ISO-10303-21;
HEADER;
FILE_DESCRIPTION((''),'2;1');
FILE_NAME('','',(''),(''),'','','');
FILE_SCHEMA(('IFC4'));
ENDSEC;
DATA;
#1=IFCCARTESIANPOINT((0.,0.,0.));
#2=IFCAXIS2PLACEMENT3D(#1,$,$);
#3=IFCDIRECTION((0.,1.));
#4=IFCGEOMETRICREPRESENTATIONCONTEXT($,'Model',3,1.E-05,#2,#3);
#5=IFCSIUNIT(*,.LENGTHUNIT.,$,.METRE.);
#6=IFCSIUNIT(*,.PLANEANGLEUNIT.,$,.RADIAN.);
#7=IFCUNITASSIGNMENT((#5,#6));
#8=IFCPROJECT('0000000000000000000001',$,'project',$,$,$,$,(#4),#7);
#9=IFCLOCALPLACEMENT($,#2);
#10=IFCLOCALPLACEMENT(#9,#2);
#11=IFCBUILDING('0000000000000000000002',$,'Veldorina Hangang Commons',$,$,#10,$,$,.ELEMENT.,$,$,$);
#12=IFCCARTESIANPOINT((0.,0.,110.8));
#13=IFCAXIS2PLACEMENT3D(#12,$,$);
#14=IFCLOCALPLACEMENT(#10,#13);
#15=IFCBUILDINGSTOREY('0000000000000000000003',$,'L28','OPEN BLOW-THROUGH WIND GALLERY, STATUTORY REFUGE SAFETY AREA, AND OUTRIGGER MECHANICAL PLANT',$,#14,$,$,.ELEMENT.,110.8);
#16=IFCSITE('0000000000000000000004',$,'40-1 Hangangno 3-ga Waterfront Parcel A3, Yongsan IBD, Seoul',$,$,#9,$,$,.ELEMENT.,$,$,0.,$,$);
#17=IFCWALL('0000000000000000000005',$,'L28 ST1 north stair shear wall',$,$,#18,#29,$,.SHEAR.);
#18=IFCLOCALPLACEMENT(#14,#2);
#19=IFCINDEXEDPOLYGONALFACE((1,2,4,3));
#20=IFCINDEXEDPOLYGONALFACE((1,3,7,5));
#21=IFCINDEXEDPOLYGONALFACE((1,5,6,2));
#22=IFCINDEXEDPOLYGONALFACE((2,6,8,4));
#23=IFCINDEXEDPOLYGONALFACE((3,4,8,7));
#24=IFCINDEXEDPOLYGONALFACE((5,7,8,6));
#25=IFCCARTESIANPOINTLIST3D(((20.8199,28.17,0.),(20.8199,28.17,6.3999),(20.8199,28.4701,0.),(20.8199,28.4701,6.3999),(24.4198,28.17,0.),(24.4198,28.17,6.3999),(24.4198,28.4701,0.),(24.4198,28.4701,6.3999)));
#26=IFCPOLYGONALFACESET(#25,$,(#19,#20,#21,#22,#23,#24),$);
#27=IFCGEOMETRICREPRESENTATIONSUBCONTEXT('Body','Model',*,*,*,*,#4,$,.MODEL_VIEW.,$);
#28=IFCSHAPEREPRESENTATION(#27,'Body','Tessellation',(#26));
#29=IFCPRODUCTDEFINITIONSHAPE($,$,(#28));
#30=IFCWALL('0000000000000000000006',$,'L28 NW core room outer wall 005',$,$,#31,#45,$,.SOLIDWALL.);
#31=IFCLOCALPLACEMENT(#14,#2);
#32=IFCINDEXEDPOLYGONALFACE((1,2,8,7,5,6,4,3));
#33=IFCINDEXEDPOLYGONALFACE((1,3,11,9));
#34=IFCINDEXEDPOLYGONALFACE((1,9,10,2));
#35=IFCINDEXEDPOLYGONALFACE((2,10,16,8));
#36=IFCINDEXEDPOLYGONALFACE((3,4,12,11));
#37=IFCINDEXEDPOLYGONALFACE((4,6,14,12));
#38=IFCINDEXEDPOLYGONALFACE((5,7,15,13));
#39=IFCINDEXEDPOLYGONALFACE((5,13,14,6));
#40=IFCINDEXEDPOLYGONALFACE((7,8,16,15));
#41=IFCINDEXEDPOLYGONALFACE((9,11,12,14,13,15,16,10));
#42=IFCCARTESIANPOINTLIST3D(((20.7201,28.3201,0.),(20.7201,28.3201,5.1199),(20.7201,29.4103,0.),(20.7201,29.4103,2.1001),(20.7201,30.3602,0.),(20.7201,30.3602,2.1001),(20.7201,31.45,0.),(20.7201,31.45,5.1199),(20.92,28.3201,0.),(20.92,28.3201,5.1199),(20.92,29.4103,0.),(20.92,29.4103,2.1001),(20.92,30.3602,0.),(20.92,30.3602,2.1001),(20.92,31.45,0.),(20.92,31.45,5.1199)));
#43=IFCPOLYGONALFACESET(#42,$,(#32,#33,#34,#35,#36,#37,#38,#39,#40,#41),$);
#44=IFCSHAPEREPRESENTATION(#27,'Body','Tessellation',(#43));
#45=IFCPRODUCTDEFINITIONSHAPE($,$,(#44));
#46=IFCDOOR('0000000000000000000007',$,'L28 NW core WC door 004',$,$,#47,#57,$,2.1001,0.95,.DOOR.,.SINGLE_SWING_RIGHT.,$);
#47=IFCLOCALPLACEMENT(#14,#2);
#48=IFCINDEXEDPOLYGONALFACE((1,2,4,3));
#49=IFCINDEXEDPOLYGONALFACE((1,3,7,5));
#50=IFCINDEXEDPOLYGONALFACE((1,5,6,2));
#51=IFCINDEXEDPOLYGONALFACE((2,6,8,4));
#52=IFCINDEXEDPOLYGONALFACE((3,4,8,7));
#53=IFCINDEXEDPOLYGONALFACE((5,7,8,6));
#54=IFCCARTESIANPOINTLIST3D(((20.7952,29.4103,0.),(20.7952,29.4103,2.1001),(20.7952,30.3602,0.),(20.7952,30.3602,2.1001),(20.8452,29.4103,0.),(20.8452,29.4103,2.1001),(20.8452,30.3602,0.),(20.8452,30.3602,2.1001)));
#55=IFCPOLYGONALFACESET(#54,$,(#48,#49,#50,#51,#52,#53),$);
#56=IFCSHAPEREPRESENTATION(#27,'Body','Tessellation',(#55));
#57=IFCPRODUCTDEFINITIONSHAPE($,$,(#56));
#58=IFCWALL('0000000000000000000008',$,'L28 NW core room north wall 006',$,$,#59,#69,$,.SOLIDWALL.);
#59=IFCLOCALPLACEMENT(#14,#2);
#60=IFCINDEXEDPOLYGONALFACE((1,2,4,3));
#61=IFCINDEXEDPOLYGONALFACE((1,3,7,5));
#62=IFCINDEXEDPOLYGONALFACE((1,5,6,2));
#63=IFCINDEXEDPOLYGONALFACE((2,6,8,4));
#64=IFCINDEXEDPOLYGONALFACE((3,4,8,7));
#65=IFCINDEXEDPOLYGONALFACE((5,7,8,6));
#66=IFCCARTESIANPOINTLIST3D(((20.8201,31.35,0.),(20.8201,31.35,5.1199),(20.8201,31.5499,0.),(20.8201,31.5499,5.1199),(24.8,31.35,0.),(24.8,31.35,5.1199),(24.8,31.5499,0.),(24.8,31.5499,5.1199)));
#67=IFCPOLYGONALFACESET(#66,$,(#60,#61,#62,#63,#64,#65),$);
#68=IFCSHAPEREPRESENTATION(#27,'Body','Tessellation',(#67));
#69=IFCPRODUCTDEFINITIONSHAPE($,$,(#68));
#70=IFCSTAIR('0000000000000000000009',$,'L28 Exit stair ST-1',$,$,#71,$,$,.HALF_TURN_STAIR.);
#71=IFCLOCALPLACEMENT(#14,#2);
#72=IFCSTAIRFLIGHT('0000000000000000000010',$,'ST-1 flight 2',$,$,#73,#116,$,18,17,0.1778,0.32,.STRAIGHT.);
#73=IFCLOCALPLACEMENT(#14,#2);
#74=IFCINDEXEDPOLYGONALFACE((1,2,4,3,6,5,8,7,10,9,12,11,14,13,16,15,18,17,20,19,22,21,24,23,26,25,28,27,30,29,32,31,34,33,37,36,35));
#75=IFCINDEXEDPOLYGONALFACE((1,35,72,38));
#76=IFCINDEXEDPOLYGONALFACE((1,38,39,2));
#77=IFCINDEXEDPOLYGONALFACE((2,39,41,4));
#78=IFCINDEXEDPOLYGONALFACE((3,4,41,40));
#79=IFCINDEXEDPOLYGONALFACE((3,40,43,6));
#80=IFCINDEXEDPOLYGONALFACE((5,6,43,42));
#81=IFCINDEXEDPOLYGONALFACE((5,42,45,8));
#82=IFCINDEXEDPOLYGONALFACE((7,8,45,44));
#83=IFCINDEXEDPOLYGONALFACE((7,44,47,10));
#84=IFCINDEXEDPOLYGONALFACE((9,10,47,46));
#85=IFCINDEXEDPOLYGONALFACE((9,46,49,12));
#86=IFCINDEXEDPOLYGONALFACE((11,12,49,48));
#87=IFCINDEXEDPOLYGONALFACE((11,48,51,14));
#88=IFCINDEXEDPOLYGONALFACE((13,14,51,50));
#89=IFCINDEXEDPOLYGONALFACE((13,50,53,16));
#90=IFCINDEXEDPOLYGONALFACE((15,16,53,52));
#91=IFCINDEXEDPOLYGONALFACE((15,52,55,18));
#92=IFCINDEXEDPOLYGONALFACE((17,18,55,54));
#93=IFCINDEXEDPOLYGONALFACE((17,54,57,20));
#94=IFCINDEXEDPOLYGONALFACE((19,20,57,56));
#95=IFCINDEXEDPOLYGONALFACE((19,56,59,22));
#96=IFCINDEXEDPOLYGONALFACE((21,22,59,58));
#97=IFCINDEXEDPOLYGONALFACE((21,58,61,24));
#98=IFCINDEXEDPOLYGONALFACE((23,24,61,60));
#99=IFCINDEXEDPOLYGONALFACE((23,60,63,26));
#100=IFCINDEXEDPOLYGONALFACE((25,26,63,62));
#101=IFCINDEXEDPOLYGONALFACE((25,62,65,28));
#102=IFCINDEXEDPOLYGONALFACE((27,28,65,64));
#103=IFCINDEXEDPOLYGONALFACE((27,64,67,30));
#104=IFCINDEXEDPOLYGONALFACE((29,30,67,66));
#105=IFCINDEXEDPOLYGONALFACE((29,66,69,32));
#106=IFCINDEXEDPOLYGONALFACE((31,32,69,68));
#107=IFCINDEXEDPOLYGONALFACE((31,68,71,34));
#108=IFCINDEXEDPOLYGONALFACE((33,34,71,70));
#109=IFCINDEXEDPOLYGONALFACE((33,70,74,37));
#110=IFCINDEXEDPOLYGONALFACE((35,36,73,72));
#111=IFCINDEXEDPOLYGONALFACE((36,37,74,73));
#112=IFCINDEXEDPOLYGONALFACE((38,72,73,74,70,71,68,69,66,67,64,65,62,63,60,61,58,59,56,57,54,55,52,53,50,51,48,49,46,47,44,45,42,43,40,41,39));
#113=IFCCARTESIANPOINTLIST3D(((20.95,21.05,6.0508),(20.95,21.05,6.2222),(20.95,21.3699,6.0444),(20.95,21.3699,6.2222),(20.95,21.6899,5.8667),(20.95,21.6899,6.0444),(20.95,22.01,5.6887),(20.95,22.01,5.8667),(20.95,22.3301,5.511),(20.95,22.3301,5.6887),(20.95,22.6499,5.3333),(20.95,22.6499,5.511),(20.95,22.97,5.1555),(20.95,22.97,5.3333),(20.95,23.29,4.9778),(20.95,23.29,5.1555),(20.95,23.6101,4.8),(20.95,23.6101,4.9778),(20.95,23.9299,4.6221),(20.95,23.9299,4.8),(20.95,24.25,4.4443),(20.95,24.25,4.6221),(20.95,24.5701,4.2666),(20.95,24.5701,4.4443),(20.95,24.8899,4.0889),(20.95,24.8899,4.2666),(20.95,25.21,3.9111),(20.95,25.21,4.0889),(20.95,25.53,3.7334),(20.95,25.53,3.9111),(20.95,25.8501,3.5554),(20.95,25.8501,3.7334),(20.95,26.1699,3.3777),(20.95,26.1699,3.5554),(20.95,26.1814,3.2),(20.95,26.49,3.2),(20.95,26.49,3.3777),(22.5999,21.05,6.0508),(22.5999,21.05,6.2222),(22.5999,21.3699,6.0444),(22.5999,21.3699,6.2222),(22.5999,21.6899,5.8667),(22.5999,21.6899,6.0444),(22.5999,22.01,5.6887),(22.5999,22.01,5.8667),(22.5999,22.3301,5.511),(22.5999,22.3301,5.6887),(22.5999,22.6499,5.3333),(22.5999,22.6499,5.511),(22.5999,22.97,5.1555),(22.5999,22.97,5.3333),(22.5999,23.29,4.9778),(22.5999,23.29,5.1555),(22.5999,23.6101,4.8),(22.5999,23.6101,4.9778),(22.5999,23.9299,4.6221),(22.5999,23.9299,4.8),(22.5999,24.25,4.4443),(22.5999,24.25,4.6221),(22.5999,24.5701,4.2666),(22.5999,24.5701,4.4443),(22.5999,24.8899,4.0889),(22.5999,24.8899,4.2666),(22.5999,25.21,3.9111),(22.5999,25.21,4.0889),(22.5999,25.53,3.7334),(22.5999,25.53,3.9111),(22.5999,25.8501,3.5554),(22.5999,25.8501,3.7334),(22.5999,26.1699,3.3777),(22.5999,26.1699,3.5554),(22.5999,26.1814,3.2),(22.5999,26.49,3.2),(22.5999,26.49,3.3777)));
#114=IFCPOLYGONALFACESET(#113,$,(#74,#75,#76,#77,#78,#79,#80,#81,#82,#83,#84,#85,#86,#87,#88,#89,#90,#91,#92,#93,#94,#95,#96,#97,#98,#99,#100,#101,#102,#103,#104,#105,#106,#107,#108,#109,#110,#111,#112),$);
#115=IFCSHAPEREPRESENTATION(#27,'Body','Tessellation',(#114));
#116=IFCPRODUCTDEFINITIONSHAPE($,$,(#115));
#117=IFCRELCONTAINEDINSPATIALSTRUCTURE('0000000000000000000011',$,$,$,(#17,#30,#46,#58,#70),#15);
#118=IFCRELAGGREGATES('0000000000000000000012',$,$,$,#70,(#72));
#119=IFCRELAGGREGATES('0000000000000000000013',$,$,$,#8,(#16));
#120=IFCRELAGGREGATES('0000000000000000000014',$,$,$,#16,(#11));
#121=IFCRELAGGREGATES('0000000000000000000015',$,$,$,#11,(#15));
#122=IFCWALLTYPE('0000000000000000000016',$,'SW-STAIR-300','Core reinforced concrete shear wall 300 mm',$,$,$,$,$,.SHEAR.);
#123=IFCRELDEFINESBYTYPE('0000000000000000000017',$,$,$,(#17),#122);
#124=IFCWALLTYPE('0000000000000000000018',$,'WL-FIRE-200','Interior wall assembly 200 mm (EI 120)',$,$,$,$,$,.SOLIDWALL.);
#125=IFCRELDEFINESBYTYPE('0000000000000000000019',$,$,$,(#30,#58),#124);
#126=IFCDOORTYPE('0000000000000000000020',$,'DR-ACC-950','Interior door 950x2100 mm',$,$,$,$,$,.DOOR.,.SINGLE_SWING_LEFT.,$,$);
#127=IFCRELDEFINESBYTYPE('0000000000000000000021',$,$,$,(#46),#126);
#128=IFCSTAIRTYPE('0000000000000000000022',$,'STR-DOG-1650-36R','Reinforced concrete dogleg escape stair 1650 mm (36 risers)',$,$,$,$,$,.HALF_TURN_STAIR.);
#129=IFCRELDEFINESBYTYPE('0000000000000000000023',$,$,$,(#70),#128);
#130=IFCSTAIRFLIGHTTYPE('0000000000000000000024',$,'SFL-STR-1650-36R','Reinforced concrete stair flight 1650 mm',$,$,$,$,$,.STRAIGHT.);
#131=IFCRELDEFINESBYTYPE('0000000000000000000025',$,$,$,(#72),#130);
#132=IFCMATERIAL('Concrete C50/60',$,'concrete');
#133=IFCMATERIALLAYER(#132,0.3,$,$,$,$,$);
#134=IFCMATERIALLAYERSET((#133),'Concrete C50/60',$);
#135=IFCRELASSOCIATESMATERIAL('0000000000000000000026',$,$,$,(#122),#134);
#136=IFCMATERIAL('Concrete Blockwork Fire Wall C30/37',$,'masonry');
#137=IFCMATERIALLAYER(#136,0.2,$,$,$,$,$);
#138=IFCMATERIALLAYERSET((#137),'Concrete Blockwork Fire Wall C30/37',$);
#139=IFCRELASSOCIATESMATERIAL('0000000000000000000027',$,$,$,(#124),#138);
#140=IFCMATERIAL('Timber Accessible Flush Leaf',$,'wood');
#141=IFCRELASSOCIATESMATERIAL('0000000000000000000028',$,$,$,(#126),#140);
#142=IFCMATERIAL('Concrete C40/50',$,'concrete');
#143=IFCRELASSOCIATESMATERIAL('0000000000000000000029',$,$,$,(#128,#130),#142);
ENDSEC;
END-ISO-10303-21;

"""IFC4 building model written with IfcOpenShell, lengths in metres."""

from ifc_helpers import new_model, si_unit, direction, frame, frame_2d, origin, place, context, subcontext, project, spatial, polyline, rectangle, outline, extrude, material, layer, layer_set, type_object, element, fill, aggregate, save


model = new_model("IFC4")

# Units and contexts
model_context = context("Model", 3, precision=1e-05, world=origin(), true_north=direction((0.0, 1.0)))
body_context = subcontext(model_context, "Body", "Model", "MODEL_VIEW")
ifc_project = project(units=[si_unit("LENGTHUNIT", "METRE"), si_unit("PLANEANGLEUNIT", "RADIAN")], contexts=[model_context])

# Site, building, storey
site_placement = place(None, origin())
site = spatial("IfcSite", under=ifc_project, at=site_placement, Name="40-1 Hangangno 3-ga Waterfront Parcel A3, Yongsan IBD, Seoul", CompositionType="ELEMENT", RefElevation=0.0)
building_placement = place(site_placement, origin())
building = spatial("IfcBuilding", under=site, at=building_placement, Name="Veldorina Hangang Commons", CompositionType="ELEMENT")
storey_placement = place(building_placement, frame((0.0, 0.0, 110.8)))
storey = spatial("IfcBuildingStorey", under=building, at=storey_placement, Name="L28", Description="OPEN BLOW-THROUGH WIND GALLERY, STATUTORY REFUGE SAFETY AREA, AND OUTRIGGER MECHANICAL PLANT", CompositionType="ELEMENT", Elevation=110.8)

# Wall
ifc_material_1 = material(Name="Concrete C50/60", Category="concrete")
ifc_layer_1 = layer(ifc_material_1, 0.3)
ifc_layer_set_1 = layer_set([ifc_layer_1], Name="Concrete C50/60")
wall_type_1 = type_object("IfcWallType", Name="SW-STAIR-300", Description="Core reinforced concrete shear wall 300 mm", PredefinedType="SHEAR", material=ifc_layer_set_1)
wall_1_placement = place(storey_placement, frame((20.8201, 28.3201, 0.0), z_axis=(0.0, 0.0, 1.0), x_axis=(1.0, 0.0, 0.0)))
element("IfcWall", 1, at=wall_1_placement, inside=storey, type_object=wall_type_1, Name="L28 ST1 north stair shear wall", PredefinedType="SHEAR", context=body_context, shape_type="SweptSolid", body=[
    extrude(rectangle(XDim=3.5999, YDim=0.3, at=frame_2d((1.7998, 0.0))), origin(), (0.0, 0.0, 1.0), 6.3999),
])

# Wall, opening, door
ifc_material_2 = material(Name="Concrete Blockwork Fire Wall C30/37", Category="masonry")
ifc_layer_2 = layer(ifc_material_2, 0.2)
ifc_layer_set_2 = layer_set([ifc_layer_2], Name="Concrete Blockwork Fire Wall C30/37")
wall_type_2 = type_object("IfcWallType", Name="WL-FIRE-200", Description="Interior wall assembly 200 mm (EI 120)", PredefinedType="SOLIDWALL", material=ifc_layer_set_2)
wall_2_placement = place(storey_placement, frame((20.8201, 28.3201, 0.0), z_axis=(0.0, 0.0, 1.0), x_axis=(0.0, 1.0, 0.0)))
wall_2 = element("IfcWall", 2, at=wall_2_placement, inside=storey, type_object=wall_type_2, Name="L28 NW core room outer wall 005", PredefinedType="SOLIDWALL", context=body_context, shape_type="SweptSolid", body=[
    extrude(rectangle(XDim=3.1299, YDim=0.2, at=frame_2d((1.5649, 0.0))), origin(), (0.0, 0.0, 1.0), 5.1199),
])
opening_placement = place(wall_2_placement, frame((1.0901, 0.0, 0.0)))
opening = element("IfcOpeningElement", 3, at=opening_placement, cuts=wall_2, PredefinedType="OPENING", context=body_context, shape_type="SweptSolid", body=[
    extrude(rectangle(XDim=0.95, YDim=2.1001, at=frame_2d((0.4751, 1.05))), frame((0.0, 0.1099, 0.0), z_axis=(0.0, -1.0, 0.0), x_axis=(1.0, 0.0, 0.0)), (0.0, 0.0, 1.0), 0.22),
])
ifc_material_3 = material(Name="Timber Accessible Flush Leaf", Category="wood")
door_type = type_object("IfcDoorType", Name="DR-ACC-950", Description="Interior door 950x2100 mm", OperationType="SINGLE_SWING_LEFT", PredefinedType="DOOR", material=ifc_material_3)
door_placement = place(opening_placement, origin())
door = element("IfcDoor", 4, at=door_placement, inside=storey, type_object=door_type, Name="L28 NW core WC door 004", OperationType="SINGLE_SWING_RIGHT", OverallHeight=2.1001, OverallWidth=0.95, PredefinedType="DOOR", context=body_context, shape_type="SweptSolid", body=[
    extrude(rectangle(XDim=0.95, YDim=2.1001, at=frame_2d((0.4751, 1.05))), frame((0.0, 0.0249, 0.0), z_axis=(0.0, -1.0, 0.0), x_axis=(1.0, 0.0, 0.0)), (0.0, 0.0, 1.0), 0.05),
])
fill(opening, door)

# Wall
wall_3_placement = place(storey_placement, frame((20.8201, 31.45, 0.0), z_axis=(0.0, 0.0, 1.0), x_axis=(1.0, 0.0, 0.0)))
element("IfcWall", 5, at=wall_3_placement, inside=storey, type_object=wall_type_2, Name="L28 NW core room north wall 006", PredefinedType="SOLIDWALL", context=body_context, shape_type="SweptSolid", body=[
    extrude(rectangle(XDim=3.98, YDim=0.2, at=frame_2d((1.99, 0.0))), origin(), (0.0, 0.0, 1.0), 5.1199),
])

# Stair, stair flight
ifc_material_4 = material(Name="Concrete C40/50", Category="concrete")
stair_type = type_object("IfcStairType", Name="STR-DOG-1650-36R", Description="Reinforced concrete dogleg escape stair 1650 mm (36 risers)", PredefinedType="HALF_TURN_STAIR", material=ifc_material_4)
stair_placement = place(storey_placement, origin())
stair = element("IfcStair", 6, at=stair_placement, inside=storey, type_object=stair_type, Name="L28 Exit stair ST-1", PredefinedType="HALF_TURN_STAIR")
stair_flight_type = type_object("IfcStairFlightType", Name="SFL-STR-1650-36R", Description="Reinforced concrete stair flight 1650 mm", PredefinedType="STRAIGHT", material=ifc_material_4)
stair_flight_placement = place(storey_placement, frame((21.7749, 26.49, 3.2), z_axis=(0.0, 0.0, 1.0), x_axis=(0.0, -1.0, 0.0)))
stair_flight = element("IfcStairFlight", 7, at=stair_flight_placement, type_object=stair_flight_type, Name="ST-1 flight 2", NumberOfRisers=18, NumberOfTreads=17, PredefinedType="STRAIGHT", RiserHeight=0.1778, TreadLength=0.32, context=body_context, shape_type="SweptSolid", body=[
    extrude(outline(polyline([(0.0, 0.0), (0.0, 0.1777), (0.3201, 0.1777), (0.3201, 0.3555), (0.6399, 0.3555), (0.6399, 0.5334), (0.96, 0.5334), (0.96, 0.7112), (1.28, 0.7112), (1.28, 0.8889), (1.6001, 0.8889), (1.6001, 1.0667), (1.9199, 1.0667), (1.9199, 1.2444), (2.24, 1.2444), (2.24, 1.4221), (2.5601, 1.4221), (2.5601, 1.6001), (2.8799, 1.6001), (2.8799, 1.7778), (3.2, 1.7778), (3.2, 1.9556), (3.52, 1.9556), (3.52, 2.1333), (3.8401, 2.1333), (3.8401, 2.311), (4.1599, 2.311), (4.1599, 2.4888), (4.48, 2.4888), (4.48, 2.6667), (4.8, 2.6667), (4.8, 2.8445), (5.1201, 2.8445), (5.1201, 3.0222), (5.4399, 3.0222), (5.4399, 3.2), (5.4399, 2.8508), (0.3086, 0.0), (0.0, 0.0)])), frame((0.0, 0.825, 0.0), z_axis=(0.0, -1.0, 0.0), x_axis=(1.0, 0.0, 0.0)), (0.0, 0.0, 1.0), 1.6499),
])
aggregate(stair, [stair_flight])

save(model, "model.ifc")
